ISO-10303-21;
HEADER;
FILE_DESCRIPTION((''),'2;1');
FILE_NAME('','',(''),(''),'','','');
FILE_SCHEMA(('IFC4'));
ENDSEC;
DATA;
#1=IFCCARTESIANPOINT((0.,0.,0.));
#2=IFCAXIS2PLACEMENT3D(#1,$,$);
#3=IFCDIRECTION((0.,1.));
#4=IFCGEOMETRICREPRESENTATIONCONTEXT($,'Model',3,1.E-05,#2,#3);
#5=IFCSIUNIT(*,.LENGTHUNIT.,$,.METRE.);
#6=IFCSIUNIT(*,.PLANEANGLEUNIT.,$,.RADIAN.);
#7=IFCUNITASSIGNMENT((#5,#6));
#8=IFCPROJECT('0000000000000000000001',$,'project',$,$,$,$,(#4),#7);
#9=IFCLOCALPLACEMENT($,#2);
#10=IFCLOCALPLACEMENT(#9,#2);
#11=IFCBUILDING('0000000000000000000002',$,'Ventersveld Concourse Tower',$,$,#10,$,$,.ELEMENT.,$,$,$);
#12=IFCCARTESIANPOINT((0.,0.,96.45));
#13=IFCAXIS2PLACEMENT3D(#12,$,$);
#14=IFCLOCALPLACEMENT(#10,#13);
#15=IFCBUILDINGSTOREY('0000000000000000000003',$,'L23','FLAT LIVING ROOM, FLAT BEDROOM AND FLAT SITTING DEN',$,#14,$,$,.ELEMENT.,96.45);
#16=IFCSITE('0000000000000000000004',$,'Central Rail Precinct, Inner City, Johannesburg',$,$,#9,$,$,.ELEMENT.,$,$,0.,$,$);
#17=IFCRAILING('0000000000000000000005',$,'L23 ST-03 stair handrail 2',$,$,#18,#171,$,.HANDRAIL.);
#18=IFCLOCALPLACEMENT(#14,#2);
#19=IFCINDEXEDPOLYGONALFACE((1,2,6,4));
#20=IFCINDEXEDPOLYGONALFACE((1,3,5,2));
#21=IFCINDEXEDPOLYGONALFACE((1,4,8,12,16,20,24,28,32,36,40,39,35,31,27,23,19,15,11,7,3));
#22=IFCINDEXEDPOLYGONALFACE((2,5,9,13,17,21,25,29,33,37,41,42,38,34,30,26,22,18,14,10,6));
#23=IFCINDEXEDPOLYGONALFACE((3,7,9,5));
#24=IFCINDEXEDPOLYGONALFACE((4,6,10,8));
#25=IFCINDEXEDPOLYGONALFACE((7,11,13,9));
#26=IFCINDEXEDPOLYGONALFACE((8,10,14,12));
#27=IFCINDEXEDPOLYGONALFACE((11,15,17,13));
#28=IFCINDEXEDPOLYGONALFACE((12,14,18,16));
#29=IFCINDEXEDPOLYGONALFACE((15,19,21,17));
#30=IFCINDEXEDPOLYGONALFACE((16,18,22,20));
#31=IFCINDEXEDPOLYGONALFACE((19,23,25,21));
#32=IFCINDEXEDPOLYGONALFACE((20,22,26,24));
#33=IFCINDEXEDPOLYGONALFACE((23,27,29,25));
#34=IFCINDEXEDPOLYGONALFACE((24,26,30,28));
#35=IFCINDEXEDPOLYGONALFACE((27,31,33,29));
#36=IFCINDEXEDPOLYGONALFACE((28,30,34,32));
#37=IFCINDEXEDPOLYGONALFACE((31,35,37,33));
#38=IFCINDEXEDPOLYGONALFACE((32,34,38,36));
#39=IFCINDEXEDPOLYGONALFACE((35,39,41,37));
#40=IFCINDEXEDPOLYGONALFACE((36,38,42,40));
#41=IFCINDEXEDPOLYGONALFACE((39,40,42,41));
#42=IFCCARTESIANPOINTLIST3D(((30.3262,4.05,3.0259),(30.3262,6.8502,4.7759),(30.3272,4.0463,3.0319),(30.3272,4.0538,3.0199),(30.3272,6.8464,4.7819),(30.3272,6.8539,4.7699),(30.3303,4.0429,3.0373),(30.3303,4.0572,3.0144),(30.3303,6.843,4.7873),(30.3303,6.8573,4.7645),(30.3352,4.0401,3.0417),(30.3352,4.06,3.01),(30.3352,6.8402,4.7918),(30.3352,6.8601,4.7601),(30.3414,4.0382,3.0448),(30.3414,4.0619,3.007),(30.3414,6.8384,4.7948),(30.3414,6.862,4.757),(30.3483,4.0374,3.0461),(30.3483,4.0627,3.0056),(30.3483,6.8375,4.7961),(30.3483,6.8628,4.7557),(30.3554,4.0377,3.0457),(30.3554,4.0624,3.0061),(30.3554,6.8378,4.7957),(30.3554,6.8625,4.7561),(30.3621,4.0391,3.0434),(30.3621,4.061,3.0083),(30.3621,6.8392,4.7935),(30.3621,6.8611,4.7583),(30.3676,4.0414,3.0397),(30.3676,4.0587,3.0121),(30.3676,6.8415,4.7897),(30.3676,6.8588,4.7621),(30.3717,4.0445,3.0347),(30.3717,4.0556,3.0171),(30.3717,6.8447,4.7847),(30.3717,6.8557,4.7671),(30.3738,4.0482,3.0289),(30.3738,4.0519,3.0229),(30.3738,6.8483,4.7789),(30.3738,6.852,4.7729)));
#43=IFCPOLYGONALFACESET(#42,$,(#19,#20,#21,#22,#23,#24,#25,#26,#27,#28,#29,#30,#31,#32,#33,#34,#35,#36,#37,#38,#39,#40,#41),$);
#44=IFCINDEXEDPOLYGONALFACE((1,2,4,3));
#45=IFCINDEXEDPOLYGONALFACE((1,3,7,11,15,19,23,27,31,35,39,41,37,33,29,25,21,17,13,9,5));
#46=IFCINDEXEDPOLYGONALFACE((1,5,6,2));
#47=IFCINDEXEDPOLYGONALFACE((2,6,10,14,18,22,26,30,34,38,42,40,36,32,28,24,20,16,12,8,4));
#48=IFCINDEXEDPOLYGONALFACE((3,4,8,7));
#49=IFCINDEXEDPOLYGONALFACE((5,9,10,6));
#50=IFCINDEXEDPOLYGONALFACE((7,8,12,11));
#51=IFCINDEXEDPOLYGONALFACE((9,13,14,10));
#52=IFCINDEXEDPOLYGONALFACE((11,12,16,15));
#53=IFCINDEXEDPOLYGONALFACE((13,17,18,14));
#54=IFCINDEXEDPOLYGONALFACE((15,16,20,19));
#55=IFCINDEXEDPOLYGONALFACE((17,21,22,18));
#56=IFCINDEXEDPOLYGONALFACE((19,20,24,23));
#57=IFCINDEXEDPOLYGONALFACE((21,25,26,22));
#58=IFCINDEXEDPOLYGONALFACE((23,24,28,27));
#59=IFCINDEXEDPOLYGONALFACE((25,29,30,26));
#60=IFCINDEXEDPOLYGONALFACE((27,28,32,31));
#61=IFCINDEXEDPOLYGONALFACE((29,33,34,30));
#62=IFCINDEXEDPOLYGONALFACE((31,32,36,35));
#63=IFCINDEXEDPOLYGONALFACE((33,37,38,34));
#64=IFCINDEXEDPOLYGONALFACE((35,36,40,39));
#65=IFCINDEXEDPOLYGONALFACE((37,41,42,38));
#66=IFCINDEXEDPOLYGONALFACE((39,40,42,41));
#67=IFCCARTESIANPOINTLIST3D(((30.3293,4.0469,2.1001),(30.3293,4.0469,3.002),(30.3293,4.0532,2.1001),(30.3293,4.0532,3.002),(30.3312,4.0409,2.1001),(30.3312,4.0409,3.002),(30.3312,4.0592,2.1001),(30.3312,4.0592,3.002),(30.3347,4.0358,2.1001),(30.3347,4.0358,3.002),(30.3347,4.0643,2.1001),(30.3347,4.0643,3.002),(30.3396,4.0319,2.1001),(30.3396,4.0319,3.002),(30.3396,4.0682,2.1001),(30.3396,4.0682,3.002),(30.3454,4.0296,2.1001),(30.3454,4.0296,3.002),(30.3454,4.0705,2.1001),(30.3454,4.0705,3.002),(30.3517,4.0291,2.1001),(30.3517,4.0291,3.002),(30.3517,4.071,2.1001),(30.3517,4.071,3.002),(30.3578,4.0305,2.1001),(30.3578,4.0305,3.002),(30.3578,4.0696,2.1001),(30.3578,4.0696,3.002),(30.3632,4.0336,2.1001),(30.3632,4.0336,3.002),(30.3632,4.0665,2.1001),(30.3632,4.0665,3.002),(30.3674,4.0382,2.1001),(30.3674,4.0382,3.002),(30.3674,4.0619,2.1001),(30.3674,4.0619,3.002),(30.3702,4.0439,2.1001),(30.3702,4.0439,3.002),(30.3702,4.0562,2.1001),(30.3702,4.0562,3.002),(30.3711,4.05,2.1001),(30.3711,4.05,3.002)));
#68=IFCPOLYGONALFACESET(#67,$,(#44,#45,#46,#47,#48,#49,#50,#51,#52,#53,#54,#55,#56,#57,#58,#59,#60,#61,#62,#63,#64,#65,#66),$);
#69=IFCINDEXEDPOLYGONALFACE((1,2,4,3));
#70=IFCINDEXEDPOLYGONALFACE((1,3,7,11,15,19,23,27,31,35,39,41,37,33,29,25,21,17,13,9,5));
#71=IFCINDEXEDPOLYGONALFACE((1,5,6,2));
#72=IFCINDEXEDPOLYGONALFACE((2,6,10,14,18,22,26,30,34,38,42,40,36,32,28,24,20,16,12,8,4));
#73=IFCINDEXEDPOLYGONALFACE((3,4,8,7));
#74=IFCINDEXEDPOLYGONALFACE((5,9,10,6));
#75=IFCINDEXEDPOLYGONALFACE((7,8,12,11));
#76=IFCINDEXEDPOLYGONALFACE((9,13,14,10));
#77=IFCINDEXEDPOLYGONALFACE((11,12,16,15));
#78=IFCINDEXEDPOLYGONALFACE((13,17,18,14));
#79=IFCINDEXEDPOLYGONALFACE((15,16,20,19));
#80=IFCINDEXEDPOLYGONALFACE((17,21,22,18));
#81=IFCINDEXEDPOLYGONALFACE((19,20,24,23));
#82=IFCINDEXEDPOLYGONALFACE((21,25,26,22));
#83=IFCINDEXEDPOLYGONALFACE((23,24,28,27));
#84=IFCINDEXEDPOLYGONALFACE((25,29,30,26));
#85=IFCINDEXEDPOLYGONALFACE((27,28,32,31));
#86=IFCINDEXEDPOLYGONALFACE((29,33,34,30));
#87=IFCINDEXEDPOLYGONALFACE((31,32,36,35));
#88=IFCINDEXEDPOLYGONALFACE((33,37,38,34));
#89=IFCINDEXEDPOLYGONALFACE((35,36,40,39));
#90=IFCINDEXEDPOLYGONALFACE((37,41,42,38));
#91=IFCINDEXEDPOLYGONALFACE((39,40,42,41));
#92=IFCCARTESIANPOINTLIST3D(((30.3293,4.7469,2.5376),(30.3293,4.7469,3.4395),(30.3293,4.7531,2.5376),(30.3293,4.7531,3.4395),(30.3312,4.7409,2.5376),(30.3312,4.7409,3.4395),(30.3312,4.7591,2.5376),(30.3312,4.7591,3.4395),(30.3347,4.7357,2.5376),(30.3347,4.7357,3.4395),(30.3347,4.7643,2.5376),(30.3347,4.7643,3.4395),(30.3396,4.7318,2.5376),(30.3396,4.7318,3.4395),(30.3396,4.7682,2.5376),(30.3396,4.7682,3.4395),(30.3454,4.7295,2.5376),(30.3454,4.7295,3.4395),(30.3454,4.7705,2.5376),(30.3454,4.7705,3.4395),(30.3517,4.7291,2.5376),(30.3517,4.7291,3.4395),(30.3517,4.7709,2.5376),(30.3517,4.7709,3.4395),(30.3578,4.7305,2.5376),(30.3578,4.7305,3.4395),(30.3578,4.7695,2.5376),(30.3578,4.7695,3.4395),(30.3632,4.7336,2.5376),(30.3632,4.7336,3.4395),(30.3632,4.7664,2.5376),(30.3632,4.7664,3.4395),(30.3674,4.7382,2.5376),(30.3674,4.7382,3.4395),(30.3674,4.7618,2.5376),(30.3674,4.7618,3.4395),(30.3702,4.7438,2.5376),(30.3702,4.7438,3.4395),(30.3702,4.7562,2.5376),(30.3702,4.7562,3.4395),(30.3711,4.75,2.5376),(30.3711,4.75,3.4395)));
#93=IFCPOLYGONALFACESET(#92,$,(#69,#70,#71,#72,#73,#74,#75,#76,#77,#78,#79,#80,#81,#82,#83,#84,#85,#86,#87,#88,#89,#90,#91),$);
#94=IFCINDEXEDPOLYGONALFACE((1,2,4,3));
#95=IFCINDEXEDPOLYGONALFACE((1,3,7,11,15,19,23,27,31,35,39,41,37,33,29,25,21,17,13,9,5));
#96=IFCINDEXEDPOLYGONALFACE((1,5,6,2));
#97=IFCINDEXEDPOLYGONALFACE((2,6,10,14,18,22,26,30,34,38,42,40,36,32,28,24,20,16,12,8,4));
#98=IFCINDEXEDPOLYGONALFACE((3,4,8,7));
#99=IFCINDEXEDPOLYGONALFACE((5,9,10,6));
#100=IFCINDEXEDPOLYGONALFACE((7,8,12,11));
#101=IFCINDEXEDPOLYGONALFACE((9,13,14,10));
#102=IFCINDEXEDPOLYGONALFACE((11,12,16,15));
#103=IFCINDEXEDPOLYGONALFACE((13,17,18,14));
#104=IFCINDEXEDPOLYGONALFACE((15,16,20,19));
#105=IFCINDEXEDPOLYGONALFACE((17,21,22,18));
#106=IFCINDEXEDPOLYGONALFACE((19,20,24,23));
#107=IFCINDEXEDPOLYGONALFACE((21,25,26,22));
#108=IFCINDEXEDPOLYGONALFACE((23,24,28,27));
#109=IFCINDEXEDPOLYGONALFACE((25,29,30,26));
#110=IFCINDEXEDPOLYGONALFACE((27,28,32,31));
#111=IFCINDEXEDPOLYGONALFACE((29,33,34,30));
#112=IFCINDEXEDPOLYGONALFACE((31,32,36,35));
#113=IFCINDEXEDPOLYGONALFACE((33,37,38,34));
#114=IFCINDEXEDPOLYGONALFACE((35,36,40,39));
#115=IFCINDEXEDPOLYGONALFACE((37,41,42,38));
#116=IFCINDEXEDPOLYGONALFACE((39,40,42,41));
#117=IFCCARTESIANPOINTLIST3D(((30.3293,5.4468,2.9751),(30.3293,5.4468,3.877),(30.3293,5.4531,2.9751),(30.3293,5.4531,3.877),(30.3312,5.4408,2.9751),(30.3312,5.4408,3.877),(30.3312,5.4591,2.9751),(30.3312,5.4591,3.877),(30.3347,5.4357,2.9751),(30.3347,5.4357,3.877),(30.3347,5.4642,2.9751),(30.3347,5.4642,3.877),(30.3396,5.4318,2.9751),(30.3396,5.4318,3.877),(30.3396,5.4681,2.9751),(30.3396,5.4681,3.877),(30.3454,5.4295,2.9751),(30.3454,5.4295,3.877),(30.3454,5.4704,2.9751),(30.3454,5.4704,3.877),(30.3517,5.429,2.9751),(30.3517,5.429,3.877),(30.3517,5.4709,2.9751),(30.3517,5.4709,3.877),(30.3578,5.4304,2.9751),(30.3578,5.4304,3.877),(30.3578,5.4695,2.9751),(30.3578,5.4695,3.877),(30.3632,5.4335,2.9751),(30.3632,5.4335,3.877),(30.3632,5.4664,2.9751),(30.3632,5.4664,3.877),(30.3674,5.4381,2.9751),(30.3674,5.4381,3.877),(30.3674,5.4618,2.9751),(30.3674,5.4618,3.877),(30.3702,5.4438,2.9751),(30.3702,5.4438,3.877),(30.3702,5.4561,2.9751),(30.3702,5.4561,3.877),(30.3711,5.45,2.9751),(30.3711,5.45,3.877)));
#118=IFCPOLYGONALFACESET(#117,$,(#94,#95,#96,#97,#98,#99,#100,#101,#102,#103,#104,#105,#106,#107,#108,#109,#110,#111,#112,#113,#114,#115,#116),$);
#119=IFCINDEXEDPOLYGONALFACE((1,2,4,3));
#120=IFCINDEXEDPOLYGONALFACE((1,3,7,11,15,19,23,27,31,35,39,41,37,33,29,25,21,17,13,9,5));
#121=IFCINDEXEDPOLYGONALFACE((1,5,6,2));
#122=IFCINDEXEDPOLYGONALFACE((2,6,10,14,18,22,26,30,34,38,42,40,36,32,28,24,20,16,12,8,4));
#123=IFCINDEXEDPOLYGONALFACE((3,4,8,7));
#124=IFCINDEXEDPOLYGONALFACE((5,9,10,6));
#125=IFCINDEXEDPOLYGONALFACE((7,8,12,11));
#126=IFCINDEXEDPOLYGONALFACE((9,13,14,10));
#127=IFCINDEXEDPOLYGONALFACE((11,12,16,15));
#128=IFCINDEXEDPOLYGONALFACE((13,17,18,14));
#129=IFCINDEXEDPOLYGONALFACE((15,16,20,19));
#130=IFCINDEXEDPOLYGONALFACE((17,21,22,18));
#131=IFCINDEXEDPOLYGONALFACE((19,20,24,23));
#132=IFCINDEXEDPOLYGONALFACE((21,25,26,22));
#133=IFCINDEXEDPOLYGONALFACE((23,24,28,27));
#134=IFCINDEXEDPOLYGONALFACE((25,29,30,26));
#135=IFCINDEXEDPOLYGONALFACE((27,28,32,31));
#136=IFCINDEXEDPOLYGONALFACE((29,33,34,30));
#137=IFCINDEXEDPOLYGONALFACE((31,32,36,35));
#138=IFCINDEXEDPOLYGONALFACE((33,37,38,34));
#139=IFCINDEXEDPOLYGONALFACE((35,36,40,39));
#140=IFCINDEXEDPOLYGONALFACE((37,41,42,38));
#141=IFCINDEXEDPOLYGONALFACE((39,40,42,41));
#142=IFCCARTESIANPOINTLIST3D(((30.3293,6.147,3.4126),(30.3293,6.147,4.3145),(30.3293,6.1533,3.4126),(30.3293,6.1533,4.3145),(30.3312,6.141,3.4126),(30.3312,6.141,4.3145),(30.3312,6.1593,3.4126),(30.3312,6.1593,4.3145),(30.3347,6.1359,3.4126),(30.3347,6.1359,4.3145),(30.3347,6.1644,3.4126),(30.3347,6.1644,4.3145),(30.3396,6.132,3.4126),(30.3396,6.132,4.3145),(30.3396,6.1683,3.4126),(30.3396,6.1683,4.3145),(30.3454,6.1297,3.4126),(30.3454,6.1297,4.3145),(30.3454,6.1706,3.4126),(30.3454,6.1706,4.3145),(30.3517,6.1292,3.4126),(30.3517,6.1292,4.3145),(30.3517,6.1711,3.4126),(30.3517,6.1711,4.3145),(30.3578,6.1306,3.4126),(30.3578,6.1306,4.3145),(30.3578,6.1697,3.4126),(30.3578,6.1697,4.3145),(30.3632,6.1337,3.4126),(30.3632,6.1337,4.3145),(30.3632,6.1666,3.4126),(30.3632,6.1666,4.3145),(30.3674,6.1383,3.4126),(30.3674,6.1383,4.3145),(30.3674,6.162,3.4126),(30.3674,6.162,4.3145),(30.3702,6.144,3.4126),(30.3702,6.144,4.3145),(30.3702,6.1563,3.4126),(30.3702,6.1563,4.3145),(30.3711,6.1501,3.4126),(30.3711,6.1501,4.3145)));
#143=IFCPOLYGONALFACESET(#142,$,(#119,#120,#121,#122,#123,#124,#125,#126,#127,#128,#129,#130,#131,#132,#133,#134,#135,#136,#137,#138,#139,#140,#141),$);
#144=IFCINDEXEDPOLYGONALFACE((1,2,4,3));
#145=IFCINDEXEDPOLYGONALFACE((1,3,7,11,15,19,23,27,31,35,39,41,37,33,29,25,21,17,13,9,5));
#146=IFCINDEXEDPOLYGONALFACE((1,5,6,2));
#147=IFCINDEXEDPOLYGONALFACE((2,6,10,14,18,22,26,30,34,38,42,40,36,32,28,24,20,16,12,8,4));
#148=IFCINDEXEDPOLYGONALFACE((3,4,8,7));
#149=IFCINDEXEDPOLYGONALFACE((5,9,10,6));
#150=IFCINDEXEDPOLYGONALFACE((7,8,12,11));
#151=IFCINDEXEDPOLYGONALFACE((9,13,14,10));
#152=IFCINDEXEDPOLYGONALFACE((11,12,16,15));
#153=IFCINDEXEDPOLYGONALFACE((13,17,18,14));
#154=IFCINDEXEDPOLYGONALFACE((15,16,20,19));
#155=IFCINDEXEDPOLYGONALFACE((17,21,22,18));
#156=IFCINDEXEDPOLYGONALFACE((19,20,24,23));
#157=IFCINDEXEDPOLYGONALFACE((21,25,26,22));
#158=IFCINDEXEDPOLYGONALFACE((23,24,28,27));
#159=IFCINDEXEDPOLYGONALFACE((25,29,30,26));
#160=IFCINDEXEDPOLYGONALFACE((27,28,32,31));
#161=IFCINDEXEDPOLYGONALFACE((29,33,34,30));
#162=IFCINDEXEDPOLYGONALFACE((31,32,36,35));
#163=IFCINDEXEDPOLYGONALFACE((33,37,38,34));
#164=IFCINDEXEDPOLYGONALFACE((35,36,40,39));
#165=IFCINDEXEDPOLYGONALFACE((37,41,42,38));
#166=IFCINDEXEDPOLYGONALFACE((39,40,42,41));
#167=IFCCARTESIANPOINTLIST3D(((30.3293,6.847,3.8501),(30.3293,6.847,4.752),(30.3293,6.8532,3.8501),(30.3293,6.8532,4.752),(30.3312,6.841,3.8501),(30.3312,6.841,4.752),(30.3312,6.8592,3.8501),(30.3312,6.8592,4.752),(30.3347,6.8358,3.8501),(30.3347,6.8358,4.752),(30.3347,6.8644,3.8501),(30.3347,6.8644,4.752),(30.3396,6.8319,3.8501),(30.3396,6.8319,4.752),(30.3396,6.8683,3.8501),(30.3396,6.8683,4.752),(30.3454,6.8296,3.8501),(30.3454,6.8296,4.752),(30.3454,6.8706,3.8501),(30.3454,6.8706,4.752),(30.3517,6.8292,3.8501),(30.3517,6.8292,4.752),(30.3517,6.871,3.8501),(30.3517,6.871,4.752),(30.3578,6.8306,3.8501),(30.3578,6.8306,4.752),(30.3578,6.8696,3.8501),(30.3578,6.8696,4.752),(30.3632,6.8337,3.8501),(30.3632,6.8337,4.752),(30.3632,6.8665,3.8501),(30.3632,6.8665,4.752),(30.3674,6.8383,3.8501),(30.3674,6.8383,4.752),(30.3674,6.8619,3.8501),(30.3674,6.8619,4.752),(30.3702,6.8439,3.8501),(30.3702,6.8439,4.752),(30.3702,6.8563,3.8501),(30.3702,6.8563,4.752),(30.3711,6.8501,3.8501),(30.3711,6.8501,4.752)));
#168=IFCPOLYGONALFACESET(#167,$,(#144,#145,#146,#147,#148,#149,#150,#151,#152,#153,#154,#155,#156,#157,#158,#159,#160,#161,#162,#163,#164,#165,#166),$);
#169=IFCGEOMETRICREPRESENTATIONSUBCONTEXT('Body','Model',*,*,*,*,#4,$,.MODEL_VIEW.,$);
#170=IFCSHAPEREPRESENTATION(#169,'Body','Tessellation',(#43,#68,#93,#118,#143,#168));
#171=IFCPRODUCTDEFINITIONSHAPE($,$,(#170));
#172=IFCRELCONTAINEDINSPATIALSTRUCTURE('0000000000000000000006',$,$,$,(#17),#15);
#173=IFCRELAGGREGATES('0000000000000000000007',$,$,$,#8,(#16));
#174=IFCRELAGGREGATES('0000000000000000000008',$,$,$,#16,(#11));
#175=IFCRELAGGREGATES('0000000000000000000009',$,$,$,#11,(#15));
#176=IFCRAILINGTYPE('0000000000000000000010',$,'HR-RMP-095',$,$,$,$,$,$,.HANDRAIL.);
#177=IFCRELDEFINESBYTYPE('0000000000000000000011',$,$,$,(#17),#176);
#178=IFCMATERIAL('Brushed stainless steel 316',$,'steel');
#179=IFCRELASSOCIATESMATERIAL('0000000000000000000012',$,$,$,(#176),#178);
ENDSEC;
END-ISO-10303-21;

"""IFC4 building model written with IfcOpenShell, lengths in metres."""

from ifc_helpers import new_model, si_unit, direction, frame, origin, origin_2d, place, context, subcontext, project, spatial, circle, extrude, material, type_object, element, save


model = new_model("IFC4")

# Units and contexts
model_context = context("Model", 3, precision=1e-05, world=origin(), true_north=direction((0.0, 1.0)))
body_context = subcontext(model_context, "Body", "Model", "MODEL_VIEW")
ifc_project = project(units=[si_unit("LENGTHUNIT", "METRE"), si_unit("PLANEANGLEUNIT", "RADIAN")], contexts=[model_context])

# Site, building, storey
site_placement = place(None, origin())
site = spatial("IfcSite", under=ifc_project, at=site_placement, Name="Central Rail Precinct, Inner City, Johannesburg", CompositionType="ELEMENT", RefElevation=0.0)
building_placement = place(site_placement, origin())
building = spatial("IfcBuilding", under=site, at=building_placement, Name="Ventersveld Concourse Tower", CompositionType="ELEMENT")
storey_placement = place(building_placement, frame((0.0, 0.0, 96.45)))
storey = spatial("IfcBuildingStorey", under=building, at=storey_placement, Name="L23", Description="FLAT LIVING ROOM, FLAT BEDROOM AND FLAT SITTING DEN", CompositionType="ELEMENT", Elevation=96.45)

# Railing
ifc_material_1 = material(Name="Brushed stainless steel 316", Category="steel")
railing_type_1 = type_object("IfcRailingType", Name="HR-RMP-095", PredefinedType="HANDRAIL", material=ifc_material_1)
railing_1_placement = place(storey_placement, frame((30.3501, 4.05, 2.1001)))
element("IfcRailing", 1, at=railing_1_placement, inside=storey, type_object=railing_type_1, Name="L23 ST-03 stair handrail 2", PredefinedType="HANDRAIL", context=body_context, shape_type="SweptSolid", body=[
    extrude(circle(Radius=0.0239, at=origin_2d()), frame((0.0, 0.0, 0.9258), z_axis=(0.0, 0.848002, 0.529992), x_axis=(-1.0, 0.0, 0.0)), (0.0, 0.0, 1.0), 3.302),
    extrude(circle(Radius=0.021, at=origin_2d()), origin(), (0.0, 0.0, 1.0), 0.9019),
    extrude(circle(Radius=0.021, at=origin_2d()), frame((0.0, 0.7, 0.4375)), (0.0, 0.0, 1.0), 0.9019),
    extrude(circle(Radius=0.021, at=origin_2d()), frame((0.0, 1.3999, 0.875)), (0.0, 0.0, 1.0), 0.9019),
    extrude(circle(Radius=0.021, at=origin_2d()), frame((0.0, 2.1001, 1.3125)), (0.0, 0.0, 1.0), 0.9019),
    extrude(circle(Radius=0.021, at=origin_2d()), frame((0.0, 2.8, 1.75)), (0.0, 0.0, 1.0), 0.9019),
])

save(model, "model.ifc")
